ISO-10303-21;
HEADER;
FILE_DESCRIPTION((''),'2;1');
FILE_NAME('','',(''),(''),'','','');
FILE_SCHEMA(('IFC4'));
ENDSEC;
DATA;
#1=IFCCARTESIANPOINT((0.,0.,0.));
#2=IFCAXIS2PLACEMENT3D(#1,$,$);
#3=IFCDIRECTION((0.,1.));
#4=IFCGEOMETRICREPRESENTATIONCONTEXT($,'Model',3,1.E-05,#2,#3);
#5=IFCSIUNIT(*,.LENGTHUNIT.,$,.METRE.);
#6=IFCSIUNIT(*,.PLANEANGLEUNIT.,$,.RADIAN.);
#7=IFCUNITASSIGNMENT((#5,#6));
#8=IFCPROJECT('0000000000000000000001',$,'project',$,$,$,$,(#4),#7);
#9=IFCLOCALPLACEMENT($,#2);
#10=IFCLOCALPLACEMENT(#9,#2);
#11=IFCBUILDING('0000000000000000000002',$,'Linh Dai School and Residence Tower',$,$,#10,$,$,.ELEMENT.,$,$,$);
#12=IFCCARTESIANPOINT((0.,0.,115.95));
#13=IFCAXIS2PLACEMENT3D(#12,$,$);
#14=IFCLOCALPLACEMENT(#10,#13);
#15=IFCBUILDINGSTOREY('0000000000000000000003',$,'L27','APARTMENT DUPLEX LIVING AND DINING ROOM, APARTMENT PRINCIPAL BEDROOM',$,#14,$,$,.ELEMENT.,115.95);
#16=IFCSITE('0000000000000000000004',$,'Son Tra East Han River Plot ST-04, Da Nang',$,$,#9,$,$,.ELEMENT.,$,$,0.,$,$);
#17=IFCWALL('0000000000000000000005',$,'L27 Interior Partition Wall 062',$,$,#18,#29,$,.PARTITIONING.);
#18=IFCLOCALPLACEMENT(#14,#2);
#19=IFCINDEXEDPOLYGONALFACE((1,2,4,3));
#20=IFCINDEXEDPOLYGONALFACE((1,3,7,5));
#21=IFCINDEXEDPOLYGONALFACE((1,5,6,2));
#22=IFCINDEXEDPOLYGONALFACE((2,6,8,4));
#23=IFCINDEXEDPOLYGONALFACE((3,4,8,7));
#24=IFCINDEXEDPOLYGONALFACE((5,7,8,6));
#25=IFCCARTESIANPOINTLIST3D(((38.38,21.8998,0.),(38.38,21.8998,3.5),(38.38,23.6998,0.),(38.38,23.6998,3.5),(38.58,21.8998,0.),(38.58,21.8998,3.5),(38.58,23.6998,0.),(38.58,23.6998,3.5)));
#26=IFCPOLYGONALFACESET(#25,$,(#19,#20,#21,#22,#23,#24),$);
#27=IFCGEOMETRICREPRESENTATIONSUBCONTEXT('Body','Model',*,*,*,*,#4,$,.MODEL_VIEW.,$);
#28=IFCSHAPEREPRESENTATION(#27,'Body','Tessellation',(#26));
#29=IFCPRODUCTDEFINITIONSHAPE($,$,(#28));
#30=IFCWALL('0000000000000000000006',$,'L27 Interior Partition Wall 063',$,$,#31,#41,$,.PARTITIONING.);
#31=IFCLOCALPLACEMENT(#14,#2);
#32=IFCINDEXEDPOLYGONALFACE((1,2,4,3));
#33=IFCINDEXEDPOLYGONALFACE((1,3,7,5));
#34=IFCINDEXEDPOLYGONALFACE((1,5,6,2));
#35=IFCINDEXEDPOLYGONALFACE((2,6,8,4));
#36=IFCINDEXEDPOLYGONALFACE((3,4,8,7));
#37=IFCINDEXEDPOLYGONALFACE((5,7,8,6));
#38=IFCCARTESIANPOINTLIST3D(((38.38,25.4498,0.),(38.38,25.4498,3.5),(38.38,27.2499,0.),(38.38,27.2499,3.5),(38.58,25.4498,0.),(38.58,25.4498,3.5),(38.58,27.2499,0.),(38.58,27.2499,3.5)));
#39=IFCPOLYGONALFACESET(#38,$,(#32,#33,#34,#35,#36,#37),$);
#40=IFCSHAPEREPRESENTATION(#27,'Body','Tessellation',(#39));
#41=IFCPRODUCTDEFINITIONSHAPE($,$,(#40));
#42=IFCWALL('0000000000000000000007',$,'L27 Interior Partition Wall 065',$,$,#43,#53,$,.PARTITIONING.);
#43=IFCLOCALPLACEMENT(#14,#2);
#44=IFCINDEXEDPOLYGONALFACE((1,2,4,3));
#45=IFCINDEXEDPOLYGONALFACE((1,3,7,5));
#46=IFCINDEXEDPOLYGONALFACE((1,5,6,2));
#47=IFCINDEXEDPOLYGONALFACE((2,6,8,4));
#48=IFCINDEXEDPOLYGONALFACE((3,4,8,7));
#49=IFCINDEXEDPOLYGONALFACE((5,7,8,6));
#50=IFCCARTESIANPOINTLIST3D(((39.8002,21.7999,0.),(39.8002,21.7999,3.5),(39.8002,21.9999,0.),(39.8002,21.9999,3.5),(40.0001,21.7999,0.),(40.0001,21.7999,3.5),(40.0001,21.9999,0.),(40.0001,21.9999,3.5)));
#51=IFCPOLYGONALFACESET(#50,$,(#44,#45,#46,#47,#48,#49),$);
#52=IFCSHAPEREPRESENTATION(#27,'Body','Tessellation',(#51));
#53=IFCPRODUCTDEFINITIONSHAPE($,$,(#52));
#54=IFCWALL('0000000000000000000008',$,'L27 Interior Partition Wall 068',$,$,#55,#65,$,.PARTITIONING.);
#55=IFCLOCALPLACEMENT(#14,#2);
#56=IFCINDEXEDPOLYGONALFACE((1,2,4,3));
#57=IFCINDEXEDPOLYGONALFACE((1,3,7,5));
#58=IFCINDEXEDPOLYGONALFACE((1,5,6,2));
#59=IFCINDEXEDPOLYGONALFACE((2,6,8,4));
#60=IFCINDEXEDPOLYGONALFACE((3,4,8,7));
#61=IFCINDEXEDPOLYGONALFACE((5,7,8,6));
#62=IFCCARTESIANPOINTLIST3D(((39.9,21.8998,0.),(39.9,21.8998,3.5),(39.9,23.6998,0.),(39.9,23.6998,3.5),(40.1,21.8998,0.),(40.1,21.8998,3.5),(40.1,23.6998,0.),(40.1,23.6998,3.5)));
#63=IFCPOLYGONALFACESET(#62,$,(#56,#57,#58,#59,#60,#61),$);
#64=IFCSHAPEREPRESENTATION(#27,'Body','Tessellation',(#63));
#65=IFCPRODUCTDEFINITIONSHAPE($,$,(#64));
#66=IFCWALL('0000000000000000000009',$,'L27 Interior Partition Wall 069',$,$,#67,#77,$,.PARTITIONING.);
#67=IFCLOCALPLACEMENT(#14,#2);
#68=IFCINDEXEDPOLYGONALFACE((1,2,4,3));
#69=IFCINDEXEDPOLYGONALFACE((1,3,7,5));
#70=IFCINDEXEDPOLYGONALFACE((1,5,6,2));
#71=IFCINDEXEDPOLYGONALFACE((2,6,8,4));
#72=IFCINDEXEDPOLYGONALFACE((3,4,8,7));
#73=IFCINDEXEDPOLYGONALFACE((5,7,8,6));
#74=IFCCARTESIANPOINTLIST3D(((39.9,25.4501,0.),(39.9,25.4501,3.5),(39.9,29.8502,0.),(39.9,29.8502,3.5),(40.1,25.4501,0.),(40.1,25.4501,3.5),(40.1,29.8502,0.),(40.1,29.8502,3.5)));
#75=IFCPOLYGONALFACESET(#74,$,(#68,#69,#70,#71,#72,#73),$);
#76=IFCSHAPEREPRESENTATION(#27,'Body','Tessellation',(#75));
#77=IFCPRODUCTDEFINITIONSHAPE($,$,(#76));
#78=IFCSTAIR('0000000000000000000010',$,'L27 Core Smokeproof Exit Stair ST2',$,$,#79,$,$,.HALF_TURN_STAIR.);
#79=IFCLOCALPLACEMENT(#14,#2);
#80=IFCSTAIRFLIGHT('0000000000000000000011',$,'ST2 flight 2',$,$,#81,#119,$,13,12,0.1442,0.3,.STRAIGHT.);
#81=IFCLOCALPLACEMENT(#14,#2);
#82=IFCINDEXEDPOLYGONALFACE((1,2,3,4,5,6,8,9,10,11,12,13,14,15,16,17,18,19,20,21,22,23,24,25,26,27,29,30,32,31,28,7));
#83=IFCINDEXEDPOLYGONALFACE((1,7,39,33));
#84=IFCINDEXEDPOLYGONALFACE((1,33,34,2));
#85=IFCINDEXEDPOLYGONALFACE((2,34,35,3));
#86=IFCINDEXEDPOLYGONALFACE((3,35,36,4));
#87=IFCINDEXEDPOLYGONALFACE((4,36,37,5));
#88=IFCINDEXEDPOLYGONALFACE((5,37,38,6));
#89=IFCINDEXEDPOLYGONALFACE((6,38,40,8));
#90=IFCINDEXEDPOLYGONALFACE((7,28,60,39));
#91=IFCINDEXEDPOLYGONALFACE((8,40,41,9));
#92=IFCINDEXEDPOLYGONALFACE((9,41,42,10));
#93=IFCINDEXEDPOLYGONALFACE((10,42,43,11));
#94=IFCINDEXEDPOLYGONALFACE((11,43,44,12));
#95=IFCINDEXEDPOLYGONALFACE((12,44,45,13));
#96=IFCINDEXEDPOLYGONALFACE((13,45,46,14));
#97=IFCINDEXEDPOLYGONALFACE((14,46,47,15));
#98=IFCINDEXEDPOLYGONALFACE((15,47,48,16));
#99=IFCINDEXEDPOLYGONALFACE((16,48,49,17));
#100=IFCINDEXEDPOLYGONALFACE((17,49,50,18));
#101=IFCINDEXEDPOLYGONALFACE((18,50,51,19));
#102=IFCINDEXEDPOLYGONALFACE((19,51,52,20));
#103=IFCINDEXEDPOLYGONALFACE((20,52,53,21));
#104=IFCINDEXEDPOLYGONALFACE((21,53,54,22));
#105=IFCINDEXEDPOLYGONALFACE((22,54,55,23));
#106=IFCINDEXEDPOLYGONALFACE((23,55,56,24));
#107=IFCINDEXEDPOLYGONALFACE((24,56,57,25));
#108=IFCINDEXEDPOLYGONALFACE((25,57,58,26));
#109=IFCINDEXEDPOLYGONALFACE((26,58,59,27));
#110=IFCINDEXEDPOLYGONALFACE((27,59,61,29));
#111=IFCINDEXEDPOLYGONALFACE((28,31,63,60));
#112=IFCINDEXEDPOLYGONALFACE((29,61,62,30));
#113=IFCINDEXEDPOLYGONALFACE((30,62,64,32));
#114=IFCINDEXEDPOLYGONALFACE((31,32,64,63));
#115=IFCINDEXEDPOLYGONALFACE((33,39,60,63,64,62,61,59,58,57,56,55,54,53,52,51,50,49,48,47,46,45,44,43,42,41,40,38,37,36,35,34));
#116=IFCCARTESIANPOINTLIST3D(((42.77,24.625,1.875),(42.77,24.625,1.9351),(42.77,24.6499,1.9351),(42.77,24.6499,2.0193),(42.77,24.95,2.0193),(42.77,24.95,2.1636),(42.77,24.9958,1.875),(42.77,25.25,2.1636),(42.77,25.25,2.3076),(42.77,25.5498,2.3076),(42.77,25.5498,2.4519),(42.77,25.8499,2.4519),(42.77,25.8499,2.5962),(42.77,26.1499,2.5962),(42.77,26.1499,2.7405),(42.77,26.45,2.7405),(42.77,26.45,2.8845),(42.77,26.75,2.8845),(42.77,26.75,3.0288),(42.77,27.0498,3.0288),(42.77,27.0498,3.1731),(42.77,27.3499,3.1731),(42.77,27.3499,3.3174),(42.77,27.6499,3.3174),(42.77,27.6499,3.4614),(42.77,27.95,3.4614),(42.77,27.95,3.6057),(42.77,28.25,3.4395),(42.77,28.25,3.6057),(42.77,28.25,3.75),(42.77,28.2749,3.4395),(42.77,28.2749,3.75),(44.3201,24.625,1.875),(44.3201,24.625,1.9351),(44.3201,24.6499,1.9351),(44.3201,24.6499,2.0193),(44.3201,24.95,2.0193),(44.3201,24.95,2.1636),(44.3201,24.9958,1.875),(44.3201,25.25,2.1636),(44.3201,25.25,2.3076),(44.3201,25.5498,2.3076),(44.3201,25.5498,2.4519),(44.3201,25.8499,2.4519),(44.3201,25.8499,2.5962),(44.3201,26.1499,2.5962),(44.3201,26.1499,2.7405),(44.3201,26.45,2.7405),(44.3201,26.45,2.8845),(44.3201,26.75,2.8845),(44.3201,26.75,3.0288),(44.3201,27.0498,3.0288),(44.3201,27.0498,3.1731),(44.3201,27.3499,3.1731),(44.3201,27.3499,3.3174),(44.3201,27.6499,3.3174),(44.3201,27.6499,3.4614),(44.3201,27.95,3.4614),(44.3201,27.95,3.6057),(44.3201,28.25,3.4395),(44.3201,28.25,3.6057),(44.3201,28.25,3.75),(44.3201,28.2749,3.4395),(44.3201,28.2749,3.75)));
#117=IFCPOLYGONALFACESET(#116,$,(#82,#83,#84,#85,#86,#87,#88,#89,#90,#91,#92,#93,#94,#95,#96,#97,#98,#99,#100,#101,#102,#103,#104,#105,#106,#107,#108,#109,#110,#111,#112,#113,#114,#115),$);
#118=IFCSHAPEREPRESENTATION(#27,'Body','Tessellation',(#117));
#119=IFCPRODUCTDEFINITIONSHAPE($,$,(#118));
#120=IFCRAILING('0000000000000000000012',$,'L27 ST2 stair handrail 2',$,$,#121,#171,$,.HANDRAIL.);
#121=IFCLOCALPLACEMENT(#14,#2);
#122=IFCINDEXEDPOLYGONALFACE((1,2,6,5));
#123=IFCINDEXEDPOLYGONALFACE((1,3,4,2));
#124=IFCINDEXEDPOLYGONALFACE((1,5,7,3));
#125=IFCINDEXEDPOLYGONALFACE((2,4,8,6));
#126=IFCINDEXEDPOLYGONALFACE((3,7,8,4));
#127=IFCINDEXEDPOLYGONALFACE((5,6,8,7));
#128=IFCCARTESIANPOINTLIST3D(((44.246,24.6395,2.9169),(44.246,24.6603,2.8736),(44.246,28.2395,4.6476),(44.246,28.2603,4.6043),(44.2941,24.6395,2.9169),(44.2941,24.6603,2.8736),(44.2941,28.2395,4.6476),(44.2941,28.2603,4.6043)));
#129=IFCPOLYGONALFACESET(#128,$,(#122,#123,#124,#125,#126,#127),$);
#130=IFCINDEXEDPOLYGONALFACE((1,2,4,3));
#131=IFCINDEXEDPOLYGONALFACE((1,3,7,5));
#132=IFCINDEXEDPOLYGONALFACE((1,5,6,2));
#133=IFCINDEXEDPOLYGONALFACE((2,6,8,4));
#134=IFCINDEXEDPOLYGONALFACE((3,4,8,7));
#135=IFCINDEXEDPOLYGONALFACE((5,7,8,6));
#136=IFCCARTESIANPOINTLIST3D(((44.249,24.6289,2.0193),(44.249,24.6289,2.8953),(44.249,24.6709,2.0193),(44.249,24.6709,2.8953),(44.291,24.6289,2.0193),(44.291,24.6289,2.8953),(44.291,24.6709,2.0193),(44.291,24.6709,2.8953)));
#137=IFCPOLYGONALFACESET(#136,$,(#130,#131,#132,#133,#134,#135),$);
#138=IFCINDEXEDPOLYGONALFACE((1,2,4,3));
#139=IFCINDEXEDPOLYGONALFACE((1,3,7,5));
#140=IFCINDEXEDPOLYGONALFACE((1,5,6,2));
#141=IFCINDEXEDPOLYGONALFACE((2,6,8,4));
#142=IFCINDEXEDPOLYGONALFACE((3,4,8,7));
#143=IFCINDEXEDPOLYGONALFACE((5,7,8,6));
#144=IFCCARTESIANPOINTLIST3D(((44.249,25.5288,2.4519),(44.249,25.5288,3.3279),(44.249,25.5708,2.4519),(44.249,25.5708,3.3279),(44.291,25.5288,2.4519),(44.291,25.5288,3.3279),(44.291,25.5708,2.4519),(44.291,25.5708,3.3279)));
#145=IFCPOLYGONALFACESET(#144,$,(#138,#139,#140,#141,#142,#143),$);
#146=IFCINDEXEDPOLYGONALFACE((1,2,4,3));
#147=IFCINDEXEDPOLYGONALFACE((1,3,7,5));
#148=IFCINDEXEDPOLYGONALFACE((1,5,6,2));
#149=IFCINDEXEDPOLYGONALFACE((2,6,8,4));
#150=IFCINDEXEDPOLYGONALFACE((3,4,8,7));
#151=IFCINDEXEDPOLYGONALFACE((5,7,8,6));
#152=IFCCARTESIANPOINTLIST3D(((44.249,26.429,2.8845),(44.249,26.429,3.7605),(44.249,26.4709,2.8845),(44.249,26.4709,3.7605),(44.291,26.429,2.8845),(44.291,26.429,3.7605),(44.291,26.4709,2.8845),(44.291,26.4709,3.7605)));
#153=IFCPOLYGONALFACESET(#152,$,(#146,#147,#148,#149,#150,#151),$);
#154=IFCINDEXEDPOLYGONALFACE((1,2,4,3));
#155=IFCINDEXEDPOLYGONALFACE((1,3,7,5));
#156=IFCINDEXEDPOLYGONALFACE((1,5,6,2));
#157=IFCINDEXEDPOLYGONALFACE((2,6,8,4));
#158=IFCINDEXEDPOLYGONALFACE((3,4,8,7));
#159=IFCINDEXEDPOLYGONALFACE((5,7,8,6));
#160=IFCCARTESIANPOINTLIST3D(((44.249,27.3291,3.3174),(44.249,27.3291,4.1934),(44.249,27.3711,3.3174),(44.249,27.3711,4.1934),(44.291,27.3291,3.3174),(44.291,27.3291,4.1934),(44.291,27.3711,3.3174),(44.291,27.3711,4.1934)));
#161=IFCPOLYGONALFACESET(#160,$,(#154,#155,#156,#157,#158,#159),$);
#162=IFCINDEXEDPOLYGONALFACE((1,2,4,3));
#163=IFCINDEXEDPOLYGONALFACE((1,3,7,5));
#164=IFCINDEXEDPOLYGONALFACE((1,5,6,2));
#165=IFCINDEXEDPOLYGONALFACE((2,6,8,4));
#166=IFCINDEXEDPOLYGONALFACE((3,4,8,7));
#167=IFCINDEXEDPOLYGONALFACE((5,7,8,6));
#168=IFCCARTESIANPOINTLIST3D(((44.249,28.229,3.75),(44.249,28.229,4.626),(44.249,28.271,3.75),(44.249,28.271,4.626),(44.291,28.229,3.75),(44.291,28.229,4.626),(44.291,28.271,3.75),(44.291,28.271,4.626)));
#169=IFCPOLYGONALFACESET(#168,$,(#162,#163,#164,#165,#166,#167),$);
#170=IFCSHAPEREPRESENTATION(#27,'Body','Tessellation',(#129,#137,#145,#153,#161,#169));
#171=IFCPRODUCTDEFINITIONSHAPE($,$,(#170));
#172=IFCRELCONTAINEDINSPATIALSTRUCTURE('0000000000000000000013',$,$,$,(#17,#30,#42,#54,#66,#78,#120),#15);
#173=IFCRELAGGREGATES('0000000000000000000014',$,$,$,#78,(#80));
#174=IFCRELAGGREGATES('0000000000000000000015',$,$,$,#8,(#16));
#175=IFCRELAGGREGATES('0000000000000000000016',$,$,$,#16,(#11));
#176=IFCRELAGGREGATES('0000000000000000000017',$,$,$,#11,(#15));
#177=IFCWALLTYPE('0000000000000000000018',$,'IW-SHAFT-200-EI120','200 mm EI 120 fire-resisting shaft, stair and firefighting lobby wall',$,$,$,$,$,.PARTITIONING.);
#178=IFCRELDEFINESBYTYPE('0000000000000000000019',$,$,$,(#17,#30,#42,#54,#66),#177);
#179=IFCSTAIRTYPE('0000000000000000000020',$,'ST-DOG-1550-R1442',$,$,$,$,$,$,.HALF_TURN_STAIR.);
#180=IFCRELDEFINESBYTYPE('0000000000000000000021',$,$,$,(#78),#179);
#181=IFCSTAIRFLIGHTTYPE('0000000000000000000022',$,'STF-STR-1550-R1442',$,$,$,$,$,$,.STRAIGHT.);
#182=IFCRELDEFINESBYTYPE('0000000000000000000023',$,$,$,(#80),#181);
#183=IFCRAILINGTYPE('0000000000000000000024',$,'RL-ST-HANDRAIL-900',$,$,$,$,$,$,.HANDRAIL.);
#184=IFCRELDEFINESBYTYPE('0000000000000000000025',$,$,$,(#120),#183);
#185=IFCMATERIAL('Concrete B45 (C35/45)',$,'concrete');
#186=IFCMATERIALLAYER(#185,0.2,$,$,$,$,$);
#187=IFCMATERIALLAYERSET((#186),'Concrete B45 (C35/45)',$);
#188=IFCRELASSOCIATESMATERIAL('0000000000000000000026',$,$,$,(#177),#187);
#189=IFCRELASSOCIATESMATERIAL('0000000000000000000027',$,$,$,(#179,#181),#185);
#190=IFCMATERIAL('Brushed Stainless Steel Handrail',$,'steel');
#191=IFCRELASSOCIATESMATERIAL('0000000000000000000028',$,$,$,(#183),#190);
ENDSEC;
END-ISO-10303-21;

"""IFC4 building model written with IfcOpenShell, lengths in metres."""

from ifc_helpers import new_model, si_unit, direction, frame, frame_2d, origin, origin_2d, place, context, subcontext, project, spatial, polyline, rectangle, outline, extrude, source, transform, mapped, material, layer, layer_set, type_object, element, aggregate, save


model = new_model("IFC4")

# Units and contexts
model_context = context("Model", 3, precision=1e-05, world=origin(), true_north=direction((0.0, 1.0)))
body_context = subcontext(model_context, "Body", "Model", "MODEL_VIEW")
ifc_project = project(units=[si_unit("LENGTHUNIT", "METRE"), si_unit("PLANEANGLEUNIT", "RADIAN")], contexts=[model_context])

# Site, building, storey
site_placement = place(None, origin())
site = spatial("IfcSite", under=ifc_project, at=site_placement, Name="Son Tra East Han River Plot ST-04, Da Nang", CompositionType="ELEMENT", RefElevation=0.0)
building_placement = place(site_placement, origin())
building = spatial("IfcBuilding", under=site, at=building_placement, Name="Linh Dai School and Residence Tower", CompositionType="ELEMENT")
storey_placement = place(building_placement, frame((0.0, 0.0, 115.95)))
storey = spatial("IfcBuildingStorey", under=building, at=storey_placement, Name="L27", Description="APARTMENT DUPLEX LIVING AND DINING ROOM, APARTMENT PRINCIPAL BEDROOM", CompositionType="ELEMENT", Elevation=115.95)

# Walls
ifc_material_1 = material(Name="Concrete B45 (C35/45)", Category="concrete")
ifc_layer_1 = layer(ifc_material_1, 0.2)
ifc_layer_set_1 = layer_set([ifc_layer_1], Name="Concrete B45 (C35/45)")
wall_type_1 = type_object("IfcWallType", Name="IW-SHAFT-200-EI120", Description="200 mm EI 120 fire-resisting shaft, stair and firefighting lobby wall", PredefinedType="PARTITIONING", material=ifc_layer_set_1)
for number, where, z_axis, x_axis, name in (
    (1, (38.48, 21.8999, 0.0), (0.0, 0.0, 1.0), (0.0, 1.0, 0.0), "L27 Interior Partition Wall 062"),
    (2, (38.48, 25.45, 0.0), (0.0, 0.0, 1.0), (0.0, 1.0, 0.0), "L27 Interior Partition Wall 063"),
):
    element("IfcWall", number, at=place(storey_placement, frame(where, z_axis=z_axis, x_axis=x_axis)), inside=storey, type_object=wall_type_1, Name=name, PredefinedType="PARTITIONING", context=body_context, shape_type="SweptSolid", body=[
        extrude(rectangle(XDim=1.8, YDim=0.2, at=frame_2d((0.8999, 0.0))), origin(), (0.0, 0.0, 1.0), 3.5),
    ])
wall_1_placement = place(storey_placement, frame((39.8, 21.8999, 0.0), z_axis=(0.0, 0.0, 1.0), x_axis=(1.0, 0.0, 0.0)))
element("IfcWall", 3, at=wall_1_placement, inside=storey, type_object=wall_type_1, Name="L27 Interior Partition Wall 065", PredefinedType="PARTITIONING", context=body_context, shape_type="SweptSolid", body=[
    extrude(rectangle(XDim=0.2, YDim=0.2, at=frame_2d((0.1001, 0.0))), origin(), (0.0, 0.0, 1.0), 3.5),
])
wall_2_placement = place(storey_placement, frame((40.0, 21.8999, 0.0), z_axis=(0.0, 0.0, 1.0), x_axis=(0.0, 1.0, 0.0)))
element("IfcWall", 4, at=wall_2_placement, inside=storey, type_object=wall_type_1, Name="L27 Interior Partition Wall 068", PredefinedType="PARTITIONING", context=body_context, shape_type="SweptSolid", body=[
    extrude(rectangle(XDim=1.8, YDim=0.2, at=frame_2d((0.8999, 0.0))), origin(), (0.0, 0.0, 1.0), 3.5),
])
wall_3_placement = place(storey_placement, frame((40.0, 25.45, 0.0), z_axis=(0.0, 0.0, 1.0), x_axis=(0.0, 1.0, 0.0)))
element("IfcWall", 5, at=wall_3_placement, inside=storey, type_object=wall_type_1, Name="L27 Interior Partition Wall 069", PredefinedType="PARTITIONING", context=body_context, shape_type="SweptSolid", body=[
    extrude(rectangle(XDim=4.4001, YDim=0.2, at=frame_2d((2.2002, 0.0))), origin(), (0.0, 0.0, 1.0), 3.5),
])

# Stair, stair flight
stair_type = type_object("IfcStairType", Name="ST-DOG-1550-R1442", PredefinedType="HALF_TURN_STAIR", material=ifc_material_1)
stair_placement = place(storey_placement, origin())
stair = element("IfcStair", 6, at=stair_placement, inside=storey, type_object=stair_type, Name="L27 Core Smokeproof Exit Stair ST2", PredefinedType="HALF_TURN_STAIR")
stair_flight_type = type_object("IfcStairFlightType", Name="STF-STR-1550-R1442", PredefinedType="STRAIGHT", material=ifc_material_1)
shared_shape_1 = source(origin(), body_context, "Body", "SweptSolid", [
    extrude(outline(polyline([(-0.0249, 0.0), (-0.0249, 0.0601), (0.0, 0.0601), (0.0, 0.1443), (0.3, 0.1443), (0.3, 0.2886), (0.6001, 0.2886), (0.6001, 0.4326), (0.8999, 0.4326), (0.8999, 0.5769), (1.2, 0.5769), (1.2, 0.7212), (1.5, 0.7212), (1.5, 0.8655), (1.8, 0.8655), (1.8, 1.0095), (2.1001, 1.0095), (2.1001, 1.1538), (2.3999, 1.1538), (2.3999, 1.2981), (2.7, 1.2981), (2.7, 1.4424), (3.0, 1.4424), (3.0, 1.5864), (3.3, 1.5864), (3.3, 1.7307), (3.6001, 1.7307), (3.6001, 1.875), (3.625, 1.875), (3.625, 1.5645), (3.6001, 1.5645), (0.3459, 0.0), (-0.0249, 0.0)])), frame((0.0, 0.7749, 0.0), z_axis=(0.0, -1.0, 0.0), x_axis=(1.0, 0.0, 0.0)), (0.0, 0.0, 1.0), 1.55),
])
stair_flight_placement = place(storey_placement, frame((43.5449, 24.6499, 1.875), z_axis=(0.0, 0.0, 1.0), x_axis=(0.0, 1.0, 0.0)))
stair_flight = element("IfcStairFlight", 7, at=stair_flight_placement, type_object=stair_flight_type, Name="ST2 flight 2", NumberOfRisers=13, NumberOfTreads=12, PredefinedType="STRAIGHT", RiserHeight=0.1442, TreadLength=0.3, context=body_context, shape_type="MappedRepresentation", body=[
    mapped(shared_shape_1, transform((0.0, 0.0, 0.0), x_axis=(1.0, 0.0, 0.0), y_axis=(0.0, 1.0, 0.0), z_axis=(0.0, 0.0, 1.0), scale=1.0)),
])
aggregate(stair, [stair_flight])

# Railing
ifc_material_2 = material(Name="Brushed Stainless Steel Handrail", Category="steel")
railing_type_1 = type_object("IfcRailingType", Name="RL-ST-HANDRAIL-900", PredefinedType="HANDRAIL", material=ifc_material_2)
shared_shape_2 = source(origin(), body_context, "Body", "SweptSolid", [
    extrude(rectangle(XDim=0.0481, YDim=0.0481, at=origin_2d()), frame((0.0, 0.0, 0.876), z_axis=(0.0, 0.901263, 0.433273), x_axis=(-1.0, 0.0, 0.0)), (0.0, 0.0, 1.0), 3.9944),
    extrude(rectangle(XDim=0.042, YDim=0.042, at=origin_2d()), origin(), (0.0, 0.0, 1.0), 0.876),
    extrude(rectangle(XDim=0.042, YDim=0.042, at=origin_2d()), frame((0.0, 0.8999, 0.4326)), (0.0, 0.0, 1.0), 0.876),
    extrude(rectangle(XDim=0.042, YDim=0.042, at=origin_2d()), frame((0.0, 1.8, 0.8652)), (0.0, 0.0, 1.0), 0.876),
    extrude(rectangle(XDim=0.042, YDim=0.042, at=origin_2d()), frame((0.0, 2.7002, 1.2981)), (0.0, 0.0, 1.0), 0.876),
    extrude(rectangle(XDim=0.042, YDim=0.042, at=origin_2d()), frame((0.0, 3.6001, 1.7307)), (0.0, 0.0, 1.0), 0.876),
])
railing_1_placement = place(storey_placement, frame((44.27, 24.6499, 2.0193)))
element("IfcRailing", 8, at=railing_1_placement, inside=storey, type_object=railing_type_1, Name="L27 ST2 stair handrail 2", PredefinedType="HANDRAIL", context=body_context, shape_type="MappedRepresentation", body=[
    mapped(shared_shape_2, transform((0.0, 0.0, 0.0), x_axis=(1.0, 0.0, 0.0), y_axis=(0.0, 1.0, 0.0), z_axis=(0.0, 0.0, 1.0), scale=1.0)),
])

save(model, "model.ifc")
